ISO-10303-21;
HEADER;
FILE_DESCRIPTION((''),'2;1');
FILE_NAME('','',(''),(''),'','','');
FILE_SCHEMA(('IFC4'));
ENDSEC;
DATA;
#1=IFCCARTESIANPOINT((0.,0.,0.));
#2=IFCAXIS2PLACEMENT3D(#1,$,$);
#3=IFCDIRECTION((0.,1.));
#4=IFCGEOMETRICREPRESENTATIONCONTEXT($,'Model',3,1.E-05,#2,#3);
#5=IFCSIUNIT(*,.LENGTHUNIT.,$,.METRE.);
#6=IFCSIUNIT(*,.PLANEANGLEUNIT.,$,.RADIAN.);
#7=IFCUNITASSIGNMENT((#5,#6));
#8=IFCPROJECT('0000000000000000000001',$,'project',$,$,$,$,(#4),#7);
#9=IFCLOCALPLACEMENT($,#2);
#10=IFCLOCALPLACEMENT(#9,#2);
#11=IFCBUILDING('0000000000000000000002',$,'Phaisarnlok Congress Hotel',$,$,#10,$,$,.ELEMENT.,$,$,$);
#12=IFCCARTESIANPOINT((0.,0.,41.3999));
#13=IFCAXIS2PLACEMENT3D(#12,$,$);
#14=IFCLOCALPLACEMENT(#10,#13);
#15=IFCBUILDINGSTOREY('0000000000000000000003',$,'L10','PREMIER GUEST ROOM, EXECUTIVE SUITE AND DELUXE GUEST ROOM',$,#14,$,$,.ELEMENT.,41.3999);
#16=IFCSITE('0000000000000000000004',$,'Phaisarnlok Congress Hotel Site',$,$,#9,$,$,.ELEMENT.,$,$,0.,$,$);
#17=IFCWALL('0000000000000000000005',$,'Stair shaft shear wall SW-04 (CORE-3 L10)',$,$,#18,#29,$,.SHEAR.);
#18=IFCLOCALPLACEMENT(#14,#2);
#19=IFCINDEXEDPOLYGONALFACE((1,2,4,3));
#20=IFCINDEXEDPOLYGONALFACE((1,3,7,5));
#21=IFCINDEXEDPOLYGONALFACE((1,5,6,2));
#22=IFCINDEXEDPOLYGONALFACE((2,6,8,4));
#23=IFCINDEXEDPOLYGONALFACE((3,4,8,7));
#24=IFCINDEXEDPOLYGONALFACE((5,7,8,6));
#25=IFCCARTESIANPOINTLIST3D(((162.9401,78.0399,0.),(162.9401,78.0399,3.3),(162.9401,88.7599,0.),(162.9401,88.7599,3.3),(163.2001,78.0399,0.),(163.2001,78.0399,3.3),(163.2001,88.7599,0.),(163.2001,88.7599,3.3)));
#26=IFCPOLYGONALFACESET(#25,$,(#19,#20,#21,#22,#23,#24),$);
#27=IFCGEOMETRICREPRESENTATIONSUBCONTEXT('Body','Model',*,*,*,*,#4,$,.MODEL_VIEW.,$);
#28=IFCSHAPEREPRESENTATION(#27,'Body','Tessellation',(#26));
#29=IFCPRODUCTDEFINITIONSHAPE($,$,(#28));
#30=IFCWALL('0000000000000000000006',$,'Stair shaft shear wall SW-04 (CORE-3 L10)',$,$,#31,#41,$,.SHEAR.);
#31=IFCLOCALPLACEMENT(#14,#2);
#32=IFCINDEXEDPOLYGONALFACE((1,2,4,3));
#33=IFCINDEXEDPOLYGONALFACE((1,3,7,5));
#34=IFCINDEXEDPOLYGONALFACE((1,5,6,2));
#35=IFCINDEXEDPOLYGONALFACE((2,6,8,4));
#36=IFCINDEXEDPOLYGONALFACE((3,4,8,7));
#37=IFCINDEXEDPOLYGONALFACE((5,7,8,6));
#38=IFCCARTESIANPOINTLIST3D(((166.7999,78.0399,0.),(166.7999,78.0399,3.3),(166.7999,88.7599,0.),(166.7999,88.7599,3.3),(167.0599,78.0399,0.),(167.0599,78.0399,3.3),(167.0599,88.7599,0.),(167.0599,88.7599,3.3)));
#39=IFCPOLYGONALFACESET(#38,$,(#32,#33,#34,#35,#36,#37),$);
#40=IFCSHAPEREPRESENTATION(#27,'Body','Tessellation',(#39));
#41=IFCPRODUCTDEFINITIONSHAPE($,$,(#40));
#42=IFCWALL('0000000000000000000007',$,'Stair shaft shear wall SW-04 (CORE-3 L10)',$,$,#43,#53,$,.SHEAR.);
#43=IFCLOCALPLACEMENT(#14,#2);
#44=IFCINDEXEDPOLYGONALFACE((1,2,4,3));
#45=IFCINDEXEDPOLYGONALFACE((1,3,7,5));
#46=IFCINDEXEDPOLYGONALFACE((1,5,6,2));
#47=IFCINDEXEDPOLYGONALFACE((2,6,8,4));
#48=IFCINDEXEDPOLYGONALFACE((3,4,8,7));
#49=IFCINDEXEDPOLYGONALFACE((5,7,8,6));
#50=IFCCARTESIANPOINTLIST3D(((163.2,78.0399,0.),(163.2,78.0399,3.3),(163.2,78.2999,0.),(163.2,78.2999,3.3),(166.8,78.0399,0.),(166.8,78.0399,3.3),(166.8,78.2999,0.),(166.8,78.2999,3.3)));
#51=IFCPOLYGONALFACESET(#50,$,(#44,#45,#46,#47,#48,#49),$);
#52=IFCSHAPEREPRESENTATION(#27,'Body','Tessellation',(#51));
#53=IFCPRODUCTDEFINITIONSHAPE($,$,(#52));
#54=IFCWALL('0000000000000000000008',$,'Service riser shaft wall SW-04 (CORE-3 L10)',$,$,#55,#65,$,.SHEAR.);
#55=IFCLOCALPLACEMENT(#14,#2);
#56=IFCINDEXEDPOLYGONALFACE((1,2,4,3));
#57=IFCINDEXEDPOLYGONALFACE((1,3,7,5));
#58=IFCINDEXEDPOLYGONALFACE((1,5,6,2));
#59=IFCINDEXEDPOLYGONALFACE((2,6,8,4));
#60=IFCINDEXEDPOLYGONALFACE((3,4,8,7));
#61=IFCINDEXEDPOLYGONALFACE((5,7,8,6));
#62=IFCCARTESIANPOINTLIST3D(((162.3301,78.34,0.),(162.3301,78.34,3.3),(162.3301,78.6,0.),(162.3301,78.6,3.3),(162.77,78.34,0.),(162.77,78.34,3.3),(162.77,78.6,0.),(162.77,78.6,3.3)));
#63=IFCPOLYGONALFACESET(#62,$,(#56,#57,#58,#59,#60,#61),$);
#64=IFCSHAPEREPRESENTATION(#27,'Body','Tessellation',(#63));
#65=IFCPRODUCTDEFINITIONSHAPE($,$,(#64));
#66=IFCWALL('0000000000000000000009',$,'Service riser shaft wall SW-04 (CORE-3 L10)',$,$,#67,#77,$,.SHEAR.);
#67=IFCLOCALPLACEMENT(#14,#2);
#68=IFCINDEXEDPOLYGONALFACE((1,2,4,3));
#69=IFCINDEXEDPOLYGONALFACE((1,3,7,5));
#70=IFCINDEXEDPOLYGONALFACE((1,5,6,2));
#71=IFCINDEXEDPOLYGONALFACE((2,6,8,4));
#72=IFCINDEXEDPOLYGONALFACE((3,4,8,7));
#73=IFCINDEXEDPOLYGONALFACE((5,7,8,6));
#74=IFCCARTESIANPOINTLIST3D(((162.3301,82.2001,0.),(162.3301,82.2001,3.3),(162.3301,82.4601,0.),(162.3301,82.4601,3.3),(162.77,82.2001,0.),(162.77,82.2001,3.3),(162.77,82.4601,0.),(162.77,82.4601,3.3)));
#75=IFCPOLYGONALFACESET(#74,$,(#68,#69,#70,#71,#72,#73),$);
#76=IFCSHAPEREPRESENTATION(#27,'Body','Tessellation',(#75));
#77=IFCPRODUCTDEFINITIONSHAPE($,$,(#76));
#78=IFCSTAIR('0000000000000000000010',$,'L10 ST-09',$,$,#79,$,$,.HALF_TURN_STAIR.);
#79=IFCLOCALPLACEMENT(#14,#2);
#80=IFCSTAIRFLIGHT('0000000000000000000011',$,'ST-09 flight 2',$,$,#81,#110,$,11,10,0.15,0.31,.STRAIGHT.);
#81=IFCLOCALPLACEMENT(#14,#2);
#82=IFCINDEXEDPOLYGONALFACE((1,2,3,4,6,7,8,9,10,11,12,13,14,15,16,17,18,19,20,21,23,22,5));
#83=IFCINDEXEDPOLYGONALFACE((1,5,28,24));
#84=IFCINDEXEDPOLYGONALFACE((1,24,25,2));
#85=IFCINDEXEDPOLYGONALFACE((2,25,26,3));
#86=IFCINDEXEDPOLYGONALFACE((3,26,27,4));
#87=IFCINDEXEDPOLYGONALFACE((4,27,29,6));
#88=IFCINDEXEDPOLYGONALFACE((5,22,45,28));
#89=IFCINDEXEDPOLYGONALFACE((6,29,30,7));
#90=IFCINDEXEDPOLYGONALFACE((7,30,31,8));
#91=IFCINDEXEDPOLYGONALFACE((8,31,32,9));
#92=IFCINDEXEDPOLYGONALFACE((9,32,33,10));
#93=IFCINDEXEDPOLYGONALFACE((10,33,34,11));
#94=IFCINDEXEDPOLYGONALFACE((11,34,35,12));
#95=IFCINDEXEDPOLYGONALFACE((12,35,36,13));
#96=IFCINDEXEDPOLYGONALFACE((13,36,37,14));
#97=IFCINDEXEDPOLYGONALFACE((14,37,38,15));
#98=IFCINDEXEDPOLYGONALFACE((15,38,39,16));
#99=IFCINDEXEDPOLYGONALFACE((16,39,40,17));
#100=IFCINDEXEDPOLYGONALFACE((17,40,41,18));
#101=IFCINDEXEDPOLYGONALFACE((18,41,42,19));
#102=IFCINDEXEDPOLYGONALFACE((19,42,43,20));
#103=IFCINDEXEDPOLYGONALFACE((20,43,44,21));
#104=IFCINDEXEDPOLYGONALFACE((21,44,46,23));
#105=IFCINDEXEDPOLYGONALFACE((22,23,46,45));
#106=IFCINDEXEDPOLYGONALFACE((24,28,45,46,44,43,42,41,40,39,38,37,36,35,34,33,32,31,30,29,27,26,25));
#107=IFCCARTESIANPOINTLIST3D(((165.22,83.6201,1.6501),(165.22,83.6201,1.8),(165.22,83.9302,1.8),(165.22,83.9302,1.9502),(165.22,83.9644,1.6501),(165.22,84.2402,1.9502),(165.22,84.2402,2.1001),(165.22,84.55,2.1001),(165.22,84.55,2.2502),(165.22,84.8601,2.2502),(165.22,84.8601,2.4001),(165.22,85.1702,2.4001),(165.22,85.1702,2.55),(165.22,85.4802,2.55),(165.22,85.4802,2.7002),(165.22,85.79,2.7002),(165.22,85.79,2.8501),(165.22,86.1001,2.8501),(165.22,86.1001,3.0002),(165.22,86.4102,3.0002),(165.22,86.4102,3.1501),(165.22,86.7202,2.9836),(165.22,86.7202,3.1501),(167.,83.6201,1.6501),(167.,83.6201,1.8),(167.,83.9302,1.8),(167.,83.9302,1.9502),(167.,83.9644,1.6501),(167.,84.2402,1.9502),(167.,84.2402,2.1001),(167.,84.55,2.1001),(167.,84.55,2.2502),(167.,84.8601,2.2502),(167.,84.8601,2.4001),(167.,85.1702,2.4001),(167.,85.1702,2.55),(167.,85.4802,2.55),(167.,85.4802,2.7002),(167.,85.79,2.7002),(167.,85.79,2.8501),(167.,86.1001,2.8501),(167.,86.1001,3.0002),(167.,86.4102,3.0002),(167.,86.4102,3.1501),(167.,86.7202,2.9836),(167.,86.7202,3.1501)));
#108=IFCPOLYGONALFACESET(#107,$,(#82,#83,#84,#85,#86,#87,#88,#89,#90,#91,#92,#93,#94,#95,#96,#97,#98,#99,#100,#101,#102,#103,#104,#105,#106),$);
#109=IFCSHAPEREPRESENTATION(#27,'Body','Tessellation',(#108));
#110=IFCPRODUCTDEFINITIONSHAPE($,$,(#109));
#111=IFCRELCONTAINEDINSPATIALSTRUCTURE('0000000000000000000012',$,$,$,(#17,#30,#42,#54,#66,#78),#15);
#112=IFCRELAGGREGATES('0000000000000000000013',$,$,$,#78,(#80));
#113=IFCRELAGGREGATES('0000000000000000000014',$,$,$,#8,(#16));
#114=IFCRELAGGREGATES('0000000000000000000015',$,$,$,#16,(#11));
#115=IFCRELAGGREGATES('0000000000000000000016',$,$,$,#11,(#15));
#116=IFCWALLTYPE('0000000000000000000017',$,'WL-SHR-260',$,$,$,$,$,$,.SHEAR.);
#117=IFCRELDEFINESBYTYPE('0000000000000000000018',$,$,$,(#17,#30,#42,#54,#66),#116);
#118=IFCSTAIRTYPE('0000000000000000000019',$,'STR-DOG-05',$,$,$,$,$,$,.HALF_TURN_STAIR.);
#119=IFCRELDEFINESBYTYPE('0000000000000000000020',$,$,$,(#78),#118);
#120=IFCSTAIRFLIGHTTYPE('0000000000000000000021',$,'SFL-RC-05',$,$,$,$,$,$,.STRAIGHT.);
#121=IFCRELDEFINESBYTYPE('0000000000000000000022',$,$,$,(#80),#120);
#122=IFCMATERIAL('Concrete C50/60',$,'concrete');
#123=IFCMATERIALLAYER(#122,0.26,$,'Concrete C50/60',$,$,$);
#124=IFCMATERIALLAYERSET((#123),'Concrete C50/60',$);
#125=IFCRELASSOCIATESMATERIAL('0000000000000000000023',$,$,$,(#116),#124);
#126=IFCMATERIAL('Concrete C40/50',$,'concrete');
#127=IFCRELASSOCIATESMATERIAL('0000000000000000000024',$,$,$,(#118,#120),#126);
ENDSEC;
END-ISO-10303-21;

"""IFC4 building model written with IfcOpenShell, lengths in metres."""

from ifc_helpers import new_model, si_unit, direction, frame, frame_2d, origin, place, context, subcontext, project, spatial, polyline, rectangle, outline, extrude, material, layer, layer_set, type_object, element, aggregate, save


model = new_model("IFC4")

# Units and contexts
model_context = context("Model", 3, precision=1e-05, world=origin(), true_north=direction((0.0, 1.0)))
body_context = subcontext(model_context, "Body", "Model", "MODEL_VIEW")
ifc_project = project(units=[si_unit("LENGTHUNIT", "METRE"), si_unit("PLANEANGLEUNIT", "RADIAN")], contexts=[model_context])

# Site, building, storey
site_placement = place(None, origin())
site = spatial("IfcSite", under=ifc_project, at=site_placement, Name="Phaisarnlok Congress Hotel Site", CompositionType="ELEMENT", RefElevation=0.0)
building_placement = place(site_placement, origin())
building = spatial("IfcBuilding", under=site, at=building_placement, Name="Phaisarnlok Congress Hotel", CompositionType="ELEMENT")
storey_placement = place(building_placement, frame((0.0, 0.0, 41.3999)))
storey = spatial("IfcBuildingStorey", under=building, at=storey_placement, Name="L10", Description="PREMIER GUEST ROOM, EXECUTIVE SUITE AND DELUXE GUEST ROOM", CompositionType="ELEMENT", Elevation=41.3999)

# Shared definitions
ifc_material_1 = material(Name="Concrete C50/60", Category="concrete")

# Shared definitions
ifc_material_2 = material(Name="Concrete C40/50", Category="concrete")

# Walls
ifc_layer_1 = layer(ifc_material_1, 0.26, Name="Concrete C50/60")
ifc_layer_set_1 = layer_set([ifc_layer_1], Name="Concrete C50/60")
wall_type_1 = type_object("IfcWallType", Name="WL-SHR-260", PredefinedType="SHEAR", material=ifc_layer_set_1)
for number, where, z_axis, x_axis, name in (
    (1, (163.0701, 78.04, 0.0), (0.0, 0.0, 1.0), (0.0, 1.0, 0.0), "Stair shaft shear wall SW-04 (CORE-3 L10)"),
    (2, (166.9299, 78.04, 0.0), (0.0, 0.0, 1.0), (0.0, 1.0, 0.0), "Stair shaft shear wall SW-04 (CORE-3 L10)"),
):
    element("IfcWall", number, at=place(storey_placement, frame(where, z_axis=z_axis, x_axis=x_axis)), inside=storey, type_object=wall_type_1, Name=name, PredefinedType="SHEAR", context=body_context, shape_type="SweptSolid", body=[
        extrude(rectangle(XDim=10.72, YDim=0.26, at=frame_2d((5.3599, 0.0))), origin(), (0.0, 0.0, 1.0), 3.3),
    ])
wall_1_placement = place(storey_placement, frame((163.2, 78.1699, 0.0), z_axis=(0.0, 0.0, 1.0), x_axis=(1.0, 0.0, 0.0)))
element("IfcWall", 3, at=wall_1_placement, inside=storey, type_object=wall_type_1, Name="Stair shaft shear wall SW-04 (CORE-3 L10)", PredefinedType="SHEAR", context=body_context, shape_type="SweptSolid", body=[
    extrude(rectangle(XDim=3.6001, YDim=0.26, at=frame_2d((1.8, 0.0))), origin(), (0.0, 0.0, 1.0), 3.3),
])
for number, where, z_axis, x_axis, name in (
    (4, (162.3301, 78.47, 0.0), (0.0, 0.0, 1.0), (1.0, 0.0, 0.0), "Service riser shaft wall SW-04 (CORE-3 L10)"),
    (5, (162.3301, 82.3301, 0.0), (0.0, 0.0, 1.0), (1.0, 0.0, 0.0), "Service riser shaft wall SW-04 (CORE-3 L10)"),
):
    element("IfcWall", number, at=place(storey_placement, frame(where, z_axis=z_axis, x_axis=x_axis)), inside=storey, type_object=wall_type_1, Name=name, PredefinedType="SHEAR", context=body_context, shape_type="SweptSolid", body=[
        extrude(rectangle(XDim=0.4399, YDim=0.26, at=frame_2d((0.22, 0.0))), origin(), (0.0, 0.0, 1.0), 3.3),
    ])

# Stair, stair flight
stair_type = type_object("IfcStairType", Name="STR-DOG-05", PredefinedType="HALF_TURN_STAIR", material=ifc_material_2)
stair_placement = place(storey_placement, origin())
stair = element("IfcStair", 6, at=stair_placement, inside=storey, type_object=stair_type, Name="L10 ST-09", PredefinedType="HALF_TURN_STAIR")
stair_flight_type = type_object("IfcStairFlightType", Name="SFL-RC-05", PredefinedType="STRAIGHT", material=ifc_material_2)
stair_flight_placement = place(storey_placement, frame((166.1101, 83.6201, 1.6501), z_axis=(0.0, 0.0, 1.0), x_axis=(0.0, 1.0, 0.0)))
stair_flight = element("IfcStairFlight", 7, at=stair_flight_placement, type_object=stair_flight_type, Name="ST-09 flight 2", NumberOfRisers=11, NumberOfTreads=10, PredefinedType="STRAIGHT", RiserHeight=0.15, TreadLength=0.31, context=body_context, shape_type="SweptSolid", body=[
    extrude(outline(polyline([(0.0, 0.0), (0.0, 0.1499), (0.3101, 0.1499), (0.3101, 0.3), (0.6201, 0.3), (0.6201, 0.45), (0.9299, 0.45), (0.9299, 0.6001), (1.24, 0.6001), (1.24, 0.75), (1.55, 0.75), (1.55, 0.8999), (1.8601, 0.8999), (1.8601, 1.05), (2.1699, 1.05), (2.1699, 1.2), (2.48, 1.2), (2.48, 1.3501), (2.79, 1.3501), (2.79, 1.5), (3.1001, 1.5), (3.1001, 1.6499), (3.1001, 1.3335), (0.3442, 0.0), (0.0, 0.0)])), frame((0.0, 0.8901, 0.0), z_axis=(0.0, -1.0, 0.0), x_axis=(1.0, 0.0, 0.0)), (0.0, 0.0, 1.0), 1.78),
])
aggregate(stair, [stair_flight])

save(model, "model.ifc")
